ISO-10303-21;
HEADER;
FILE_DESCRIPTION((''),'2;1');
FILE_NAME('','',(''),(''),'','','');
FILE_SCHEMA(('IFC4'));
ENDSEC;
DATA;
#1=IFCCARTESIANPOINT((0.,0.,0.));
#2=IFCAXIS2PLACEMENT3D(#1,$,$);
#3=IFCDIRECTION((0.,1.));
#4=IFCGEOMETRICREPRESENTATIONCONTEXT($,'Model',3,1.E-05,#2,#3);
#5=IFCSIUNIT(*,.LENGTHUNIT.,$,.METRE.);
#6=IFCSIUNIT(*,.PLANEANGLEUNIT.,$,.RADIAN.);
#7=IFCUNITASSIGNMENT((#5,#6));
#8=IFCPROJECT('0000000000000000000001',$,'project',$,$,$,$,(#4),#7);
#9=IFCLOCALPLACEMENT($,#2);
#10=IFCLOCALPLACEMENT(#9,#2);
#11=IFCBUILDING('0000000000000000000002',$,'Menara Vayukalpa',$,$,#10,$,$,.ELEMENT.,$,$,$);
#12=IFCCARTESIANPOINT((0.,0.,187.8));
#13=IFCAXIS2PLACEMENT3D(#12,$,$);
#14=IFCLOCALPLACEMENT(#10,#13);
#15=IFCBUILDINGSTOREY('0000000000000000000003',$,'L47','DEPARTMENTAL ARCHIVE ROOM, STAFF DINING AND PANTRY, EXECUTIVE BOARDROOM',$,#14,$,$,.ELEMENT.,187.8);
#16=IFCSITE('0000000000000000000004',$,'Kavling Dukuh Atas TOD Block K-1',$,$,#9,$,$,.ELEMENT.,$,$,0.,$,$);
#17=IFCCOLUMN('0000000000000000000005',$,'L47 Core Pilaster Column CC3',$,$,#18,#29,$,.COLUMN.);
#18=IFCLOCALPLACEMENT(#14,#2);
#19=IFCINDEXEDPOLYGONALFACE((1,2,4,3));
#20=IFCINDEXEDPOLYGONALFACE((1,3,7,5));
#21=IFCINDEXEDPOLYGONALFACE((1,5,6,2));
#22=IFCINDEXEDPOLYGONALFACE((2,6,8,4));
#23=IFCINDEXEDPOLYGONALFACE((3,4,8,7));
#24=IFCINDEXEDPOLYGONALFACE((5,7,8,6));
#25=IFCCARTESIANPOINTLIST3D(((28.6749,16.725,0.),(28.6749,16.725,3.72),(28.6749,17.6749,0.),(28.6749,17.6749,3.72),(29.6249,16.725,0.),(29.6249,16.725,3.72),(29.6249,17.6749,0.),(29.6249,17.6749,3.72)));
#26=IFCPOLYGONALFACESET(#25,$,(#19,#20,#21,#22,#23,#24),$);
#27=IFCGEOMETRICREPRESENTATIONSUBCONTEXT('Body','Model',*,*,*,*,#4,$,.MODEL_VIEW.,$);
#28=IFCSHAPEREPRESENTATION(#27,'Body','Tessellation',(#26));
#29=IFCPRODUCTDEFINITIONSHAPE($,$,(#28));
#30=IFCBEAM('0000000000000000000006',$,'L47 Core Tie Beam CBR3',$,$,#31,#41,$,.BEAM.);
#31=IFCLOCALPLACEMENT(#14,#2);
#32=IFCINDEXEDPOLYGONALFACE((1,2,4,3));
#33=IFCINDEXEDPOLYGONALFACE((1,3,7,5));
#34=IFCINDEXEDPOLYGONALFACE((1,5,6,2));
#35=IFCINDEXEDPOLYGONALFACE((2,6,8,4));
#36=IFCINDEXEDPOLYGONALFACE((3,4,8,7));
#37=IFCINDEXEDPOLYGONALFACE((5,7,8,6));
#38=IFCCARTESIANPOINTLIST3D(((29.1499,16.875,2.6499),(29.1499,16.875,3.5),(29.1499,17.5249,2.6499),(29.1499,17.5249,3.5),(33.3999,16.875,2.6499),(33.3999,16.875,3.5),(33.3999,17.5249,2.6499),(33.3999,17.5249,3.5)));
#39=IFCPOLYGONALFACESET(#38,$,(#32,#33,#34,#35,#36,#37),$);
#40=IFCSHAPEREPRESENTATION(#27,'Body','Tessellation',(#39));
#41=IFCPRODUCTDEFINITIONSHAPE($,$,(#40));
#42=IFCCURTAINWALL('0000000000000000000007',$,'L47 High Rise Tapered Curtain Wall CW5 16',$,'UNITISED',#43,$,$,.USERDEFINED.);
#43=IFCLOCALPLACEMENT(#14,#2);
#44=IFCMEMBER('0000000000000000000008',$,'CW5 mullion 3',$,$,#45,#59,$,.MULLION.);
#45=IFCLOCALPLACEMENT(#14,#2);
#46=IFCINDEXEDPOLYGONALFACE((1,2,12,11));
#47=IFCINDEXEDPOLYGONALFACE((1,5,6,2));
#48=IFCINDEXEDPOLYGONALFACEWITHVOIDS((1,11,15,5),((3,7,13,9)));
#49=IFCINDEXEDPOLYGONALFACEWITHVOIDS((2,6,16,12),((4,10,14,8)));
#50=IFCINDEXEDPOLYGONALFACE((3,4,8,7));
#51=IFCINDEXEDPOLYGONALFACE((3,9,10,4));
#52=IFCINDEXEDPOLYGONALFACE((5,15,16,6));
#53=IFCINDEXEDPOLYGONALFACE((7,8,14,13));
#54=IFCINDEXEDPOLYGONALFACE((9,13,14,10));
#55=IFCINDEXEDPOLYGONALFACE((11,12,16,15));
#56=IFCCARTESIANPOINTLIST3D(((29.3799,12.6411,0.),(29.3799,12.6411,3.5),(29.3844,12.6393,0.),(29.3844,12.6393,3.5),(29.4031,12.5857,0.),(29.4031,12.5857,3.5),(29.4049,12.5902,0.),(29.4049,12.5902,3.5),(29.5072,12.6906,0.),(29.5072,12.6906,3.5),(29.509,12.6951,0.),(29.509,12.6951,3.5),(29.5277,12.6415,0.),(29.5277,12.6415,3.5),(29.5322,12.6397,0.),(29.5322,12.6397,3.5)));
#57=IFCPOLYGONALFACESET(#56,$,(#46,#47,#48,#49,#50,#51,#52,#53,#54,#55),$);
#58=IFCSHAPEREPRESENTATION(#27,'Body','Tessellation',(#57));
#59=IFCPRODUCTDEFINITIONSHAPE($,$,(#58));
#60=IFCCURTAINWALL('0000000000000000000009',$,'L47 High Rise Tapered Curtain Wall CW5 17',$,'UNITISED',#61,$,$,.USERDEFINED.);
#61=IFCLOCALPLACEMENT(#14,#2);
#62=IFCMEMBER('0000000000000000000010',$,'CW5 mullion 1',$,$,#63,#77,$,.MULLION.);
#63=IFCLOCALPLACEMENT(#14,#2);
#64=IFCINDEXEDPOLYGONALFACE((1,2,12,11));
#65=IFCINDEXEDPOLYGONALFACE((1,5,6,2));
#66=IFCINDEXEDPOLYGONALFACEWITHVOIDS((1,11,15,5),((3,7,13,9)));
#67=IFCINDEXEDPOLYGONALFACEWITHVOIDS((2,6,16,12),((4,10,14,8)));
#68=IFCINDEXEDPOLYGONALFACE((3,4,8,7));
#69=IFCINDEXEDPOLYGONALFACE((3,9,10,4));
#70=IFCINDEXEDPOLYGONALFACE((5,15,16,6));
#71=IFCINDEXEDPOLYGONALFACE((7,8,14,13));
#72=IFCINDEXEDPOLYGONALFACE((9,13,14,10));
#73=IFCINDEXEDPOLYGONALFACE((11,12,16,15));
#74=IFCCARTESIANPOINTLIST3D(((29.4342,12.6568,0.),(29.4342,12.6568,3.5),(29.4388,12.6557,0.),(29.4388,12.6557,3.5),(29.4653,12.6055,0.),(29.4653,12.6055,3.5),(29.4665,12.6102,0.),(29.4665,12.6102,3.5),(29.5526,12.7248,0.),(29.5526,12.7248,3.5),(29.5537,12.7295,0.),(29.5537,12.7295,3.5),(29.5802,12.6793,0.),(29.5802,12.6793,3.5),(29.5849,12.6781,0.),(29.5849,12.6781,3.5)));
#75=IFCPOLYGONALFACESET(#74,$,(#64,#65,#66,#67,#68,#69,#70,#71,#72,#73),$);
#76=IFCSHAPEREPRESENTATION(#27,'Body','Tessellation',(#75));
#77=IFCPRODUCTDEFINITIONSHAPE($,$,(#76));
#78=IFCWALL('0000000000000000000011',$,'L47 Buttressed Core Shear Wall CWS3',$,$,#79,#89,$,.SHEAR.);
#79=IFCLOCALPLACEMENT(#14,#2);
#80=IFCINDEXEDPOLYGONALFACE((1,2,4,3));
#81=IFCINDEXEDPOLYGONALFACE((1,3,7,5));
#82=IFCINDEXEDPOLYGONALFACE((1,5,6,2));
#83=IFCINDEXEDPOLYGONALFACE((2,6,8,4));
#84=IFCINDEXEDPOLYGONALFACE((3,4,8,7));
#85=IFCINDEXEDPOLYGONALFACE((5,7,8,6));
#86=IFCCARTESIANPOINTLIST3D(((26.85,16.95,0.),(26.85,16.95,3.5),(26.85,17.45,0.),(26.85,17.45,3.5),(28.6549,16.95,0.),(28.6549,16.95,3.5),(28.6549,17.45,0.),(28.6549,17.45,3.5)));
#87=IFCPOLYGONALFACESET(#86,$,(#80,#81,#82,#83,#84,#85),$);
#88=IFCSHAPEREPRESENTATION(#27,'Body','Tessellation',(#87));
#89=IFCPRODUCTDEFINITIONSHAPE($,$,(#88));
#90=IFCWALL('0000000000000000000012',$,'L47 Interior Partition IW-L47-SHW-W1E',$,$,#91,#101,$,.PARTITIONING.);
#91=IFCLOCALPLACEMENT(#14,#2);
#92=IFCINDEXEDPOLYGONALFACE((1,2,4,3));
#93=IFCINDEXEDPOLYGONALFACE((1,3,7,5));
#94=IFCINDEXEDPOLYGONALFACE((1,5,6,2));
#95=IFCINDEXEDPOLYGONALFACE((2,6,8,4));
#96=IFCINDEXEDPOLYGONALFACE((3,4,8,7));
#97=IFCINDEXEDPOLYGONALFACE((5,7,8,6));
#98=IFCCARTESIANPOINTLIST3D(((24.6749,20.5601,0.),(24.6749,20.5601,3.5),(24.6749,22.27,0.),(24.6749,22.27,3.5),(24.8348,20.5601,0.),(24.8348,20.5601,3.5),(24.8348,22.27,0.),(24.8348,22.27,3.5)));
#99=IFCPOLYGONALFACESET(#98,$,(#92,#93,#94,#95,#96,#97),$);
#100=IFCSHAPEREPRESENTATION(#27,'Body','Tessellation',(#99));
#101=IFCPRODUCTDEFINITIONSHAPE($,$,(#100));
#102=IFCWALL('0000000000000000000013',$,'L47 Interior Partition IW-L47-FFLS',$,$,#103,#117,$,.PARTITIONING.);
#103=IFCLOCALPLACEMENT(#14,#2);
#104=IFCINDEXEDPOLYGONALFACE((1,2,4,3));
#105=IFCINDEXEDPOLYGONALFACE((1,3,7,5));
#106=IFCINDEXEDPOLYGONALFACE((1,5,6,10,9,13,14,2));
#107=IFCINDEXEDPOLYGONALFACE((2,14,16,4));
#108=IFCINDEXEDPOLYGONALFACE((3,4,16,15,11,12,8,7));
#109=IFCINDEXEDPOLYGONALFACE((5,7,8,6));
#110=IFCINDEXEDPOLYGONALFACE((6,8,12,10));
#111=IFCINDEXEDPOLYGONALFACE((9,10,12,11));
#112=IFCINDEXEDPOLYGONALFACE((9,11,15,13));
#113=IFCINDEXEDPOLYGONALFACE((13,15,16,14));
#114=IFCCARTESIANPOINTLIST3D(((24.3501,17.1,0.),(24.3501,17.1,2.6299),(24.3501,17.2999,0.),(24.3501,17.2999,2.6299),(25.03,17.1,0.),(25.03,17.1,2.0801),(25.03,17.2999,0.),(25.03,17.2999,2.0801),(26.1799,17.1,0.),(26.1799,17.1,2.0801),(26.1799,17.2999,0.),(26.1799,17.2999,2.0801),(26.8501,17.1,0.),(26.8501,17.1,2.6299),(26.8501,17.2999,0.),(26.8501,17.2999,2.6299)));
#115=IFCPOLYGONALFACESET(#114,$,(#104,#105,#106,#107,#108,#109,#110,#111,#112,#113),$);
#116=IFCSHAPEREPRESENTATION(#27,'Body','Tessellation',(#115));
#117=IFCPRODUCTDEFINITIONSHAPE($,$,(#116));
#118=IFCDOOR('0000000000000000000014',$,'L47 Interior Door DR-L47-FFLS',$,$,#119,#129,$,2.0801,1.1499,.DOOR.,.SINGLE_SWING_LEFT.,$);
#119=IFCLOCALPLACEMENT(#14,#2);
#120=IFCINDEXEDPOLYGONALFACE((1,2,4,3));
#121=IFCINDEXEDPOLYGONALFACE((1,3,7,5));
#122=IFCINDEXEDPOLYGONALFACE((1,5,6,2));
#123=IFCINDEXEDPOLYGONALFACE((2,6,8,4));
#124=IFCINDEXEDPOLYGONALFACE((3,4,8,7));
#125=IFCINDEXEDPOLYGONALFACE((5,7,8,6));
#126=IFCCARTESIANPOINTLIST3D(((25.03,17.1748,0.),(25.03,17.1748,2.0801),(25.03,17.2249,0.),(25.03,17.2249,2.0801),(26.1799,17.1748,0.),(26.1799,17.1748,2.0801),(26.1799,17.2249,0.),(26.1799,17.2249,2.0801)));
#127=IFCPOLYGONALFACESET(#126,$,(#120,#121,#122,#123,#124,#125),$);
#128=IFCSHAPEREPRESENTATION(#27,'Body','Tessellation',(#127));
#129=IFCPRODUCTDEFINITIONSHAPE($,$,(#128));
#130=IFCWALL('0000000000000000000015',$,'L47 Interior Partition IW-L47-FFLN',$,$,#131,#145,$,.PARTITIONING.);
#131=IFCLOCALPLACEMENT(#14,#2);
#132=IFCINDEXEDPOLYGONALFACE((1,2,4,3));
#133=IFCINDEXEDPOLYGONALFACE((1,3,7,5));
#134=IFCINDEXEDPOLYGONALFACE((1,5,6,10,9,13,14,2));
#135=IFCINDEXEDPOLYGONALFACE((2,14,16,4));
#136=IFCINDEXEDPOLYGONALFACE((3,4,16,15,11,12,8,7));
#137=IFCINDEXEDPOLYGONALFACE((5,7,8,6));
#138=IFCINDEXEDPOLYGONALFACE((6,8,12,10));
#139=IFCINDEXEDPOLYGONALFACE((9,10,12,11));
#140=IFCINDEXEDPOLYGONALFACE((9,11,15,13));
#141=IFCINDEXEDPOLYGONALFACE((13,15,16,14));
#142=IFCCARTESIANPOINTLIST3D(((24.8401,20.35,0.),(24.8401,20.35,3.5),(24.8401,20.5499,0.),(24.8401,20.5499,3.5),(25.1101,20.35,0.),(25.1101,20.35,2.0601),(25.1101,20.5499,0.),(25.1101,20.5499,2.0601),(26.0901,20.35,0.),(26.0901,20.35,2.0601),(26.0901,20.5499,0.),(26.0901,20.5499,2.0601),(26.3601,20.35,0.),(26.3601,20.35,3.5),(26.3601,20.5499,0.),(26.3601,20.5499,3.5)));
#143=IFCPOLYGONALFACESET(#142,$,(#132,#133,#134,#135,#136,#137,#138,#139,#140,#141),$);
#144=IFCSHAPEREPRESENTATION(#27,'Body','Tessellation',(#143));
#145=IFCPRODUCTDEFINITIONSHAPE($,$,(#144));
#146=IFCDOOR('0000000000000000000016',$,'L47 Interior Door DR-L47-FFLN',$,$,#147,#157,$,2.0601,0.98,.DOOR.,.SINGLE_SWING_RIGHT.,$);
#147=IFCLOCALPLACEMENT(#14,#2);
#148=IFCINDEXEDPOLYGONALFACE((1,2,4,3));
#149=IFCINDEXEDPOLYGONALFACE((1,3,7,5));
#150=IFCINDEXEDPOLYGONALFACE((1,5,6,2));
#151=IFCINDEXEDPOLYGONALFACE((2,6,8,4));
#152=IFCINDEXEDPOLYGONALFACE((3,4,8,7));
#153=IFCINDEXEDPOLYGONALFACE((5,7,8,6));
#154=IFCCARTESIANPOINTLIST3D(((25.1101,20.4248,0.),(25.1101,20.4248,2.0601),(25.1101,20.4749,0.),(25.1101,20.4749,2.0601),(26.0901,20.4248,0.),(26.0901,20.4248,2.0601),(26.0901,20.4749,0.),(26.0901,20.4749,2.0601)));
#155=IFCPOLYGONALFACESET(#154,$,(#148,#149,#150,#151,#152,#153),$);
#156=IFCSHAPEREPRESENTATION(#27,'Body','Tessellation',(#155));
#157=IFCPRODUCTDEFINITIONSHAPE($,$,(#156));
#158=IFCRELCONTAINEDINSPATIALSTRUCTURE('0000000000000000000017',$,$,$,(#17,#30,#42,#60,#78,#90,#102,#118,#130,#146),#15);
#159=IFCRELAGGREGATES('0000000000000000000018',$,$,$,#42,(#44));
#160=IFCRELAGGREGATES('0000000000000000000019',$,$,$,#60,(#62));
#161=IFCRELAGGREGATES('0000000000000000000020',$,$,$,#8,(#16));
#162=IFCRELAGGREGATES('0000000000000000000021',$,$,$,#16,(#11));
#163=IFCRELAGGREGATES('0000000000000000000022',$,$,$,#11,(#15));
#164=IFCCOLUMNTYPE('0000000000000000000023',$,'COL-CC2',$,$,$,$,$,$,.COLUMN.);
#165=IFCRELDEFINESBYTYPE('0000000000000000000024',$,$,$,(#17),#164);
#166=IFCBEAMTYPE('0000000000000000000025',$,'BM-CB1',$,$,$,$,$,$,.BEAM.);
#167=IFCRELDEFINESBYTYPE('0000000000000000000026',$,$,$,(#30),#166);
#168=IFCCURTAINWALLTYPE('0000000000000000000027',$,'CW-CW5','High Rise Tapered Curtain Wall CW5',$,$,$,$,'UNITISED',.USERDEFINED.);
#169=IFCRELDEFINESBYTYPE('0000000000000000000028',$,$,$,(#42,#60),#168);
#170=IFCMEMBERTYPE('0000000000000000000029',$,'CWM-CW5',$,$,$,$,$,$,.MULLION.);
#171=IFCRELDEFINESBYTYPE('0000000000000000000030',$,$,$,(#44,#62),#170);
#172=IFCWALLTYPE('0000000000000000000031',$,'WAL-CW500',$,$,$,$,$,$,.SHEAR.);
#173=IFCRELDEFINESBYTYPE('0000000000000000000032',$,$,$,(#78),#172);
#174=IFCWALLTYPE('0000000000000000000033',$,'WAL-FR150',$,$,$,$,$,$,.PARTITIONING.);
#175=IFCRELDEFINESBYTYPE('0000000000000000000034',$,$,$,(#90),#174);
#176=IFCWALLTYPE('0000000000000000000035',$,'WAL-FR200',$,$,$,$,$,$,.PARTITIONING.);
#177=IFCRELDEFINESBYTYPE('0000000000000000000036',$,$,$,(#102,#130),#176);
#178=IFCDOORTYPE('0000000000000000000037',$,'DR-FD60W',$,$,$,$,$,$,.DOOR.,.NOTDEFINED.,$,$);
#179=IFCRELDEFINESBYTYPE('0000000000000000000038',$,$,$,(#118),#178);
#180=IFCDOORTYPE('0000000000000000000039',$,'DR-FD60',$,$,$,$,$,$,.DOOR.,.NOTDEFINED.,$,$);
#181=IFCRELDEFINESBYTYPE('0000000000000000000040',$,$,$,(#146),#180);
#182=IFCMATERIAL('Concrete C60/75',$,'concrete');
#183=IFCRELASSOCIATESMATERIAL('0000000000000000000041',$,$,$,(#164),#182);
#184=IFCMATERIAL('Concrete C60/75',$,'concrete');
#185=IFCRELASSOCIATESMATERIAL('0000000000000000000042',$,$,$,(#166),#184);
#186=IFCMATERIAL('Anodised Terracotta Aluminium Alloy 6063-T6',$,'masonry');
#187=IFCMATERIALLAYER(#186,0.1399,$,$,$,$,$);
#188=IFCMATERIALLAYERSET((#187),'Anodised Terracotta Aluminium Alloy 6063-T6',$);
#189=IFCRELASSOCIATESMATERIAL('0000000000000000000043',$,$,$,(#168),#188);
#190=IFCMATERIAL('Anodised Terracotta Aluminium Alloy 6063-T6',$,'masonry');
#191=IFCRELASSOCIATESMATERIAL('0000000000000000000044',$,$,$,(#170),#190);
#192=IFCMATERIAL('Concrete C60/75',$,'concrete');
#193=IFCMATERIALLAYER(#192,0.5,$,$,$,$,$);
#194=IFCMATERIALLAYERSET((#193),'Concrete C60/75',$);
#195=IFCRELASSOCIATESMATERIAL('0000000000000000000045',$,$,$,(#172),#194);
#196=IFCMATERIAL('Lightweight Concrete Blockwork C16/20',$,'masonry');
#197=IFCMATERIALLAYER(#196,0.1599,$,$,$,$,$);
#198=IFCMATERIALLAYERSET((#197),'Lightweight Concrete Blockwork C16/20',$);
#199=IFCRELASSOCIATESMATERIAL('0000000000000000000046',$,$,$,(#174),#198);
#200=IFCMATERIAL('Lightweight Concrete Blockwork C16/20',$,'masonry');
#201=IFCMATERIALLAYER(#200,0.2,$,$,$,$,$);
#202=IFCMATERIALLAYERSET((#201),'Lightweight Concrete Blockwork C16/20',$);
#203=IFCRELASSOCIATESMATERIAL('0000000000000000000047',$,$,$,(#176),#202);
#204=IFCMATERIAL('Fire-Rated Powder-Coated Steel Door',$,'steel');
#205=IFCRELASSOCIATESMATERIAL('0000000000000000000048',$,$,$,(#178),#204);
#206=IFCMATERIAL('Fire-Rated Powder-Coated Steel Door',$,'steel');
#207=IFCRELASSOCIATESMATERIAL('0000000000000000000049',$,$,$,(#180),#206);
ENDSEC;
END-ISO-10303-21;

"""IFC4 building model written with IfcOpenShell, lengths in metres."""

from ifc_helpers import new_model, si_unit, direction, frame, frame_2d, origin, origin_2d, place, context, subcontext, project, spatial, rectangle, hollow_rectangle, extrude, material, layer, layer_set, material_profile, profile_set, type_object, element, fill, aggregate, save


model = new_model("IFC4")

# Units and contexts
model_context = context("Model", 3, precision=1e-05, world=origin(), true_north=direction((0.0, 1.0)))
body_context = subcontext(model_context, "Body", "Model", "MODEL_VIEW")
ifc_project = project(units=[si_unit("LENGTHUNIT", "METRE"), si_unit("PLANEANGLEUNIT", "RADIAN")], contexts=[model_context])

# Site, building, storey
site_placement = place(None, origin())
site = spatial("IfcSite", under=ifc_project, at=site_placement, Name="Kavling Dukuh Atas TOD Block K-1", CompositionType="ELEMENT", RefElevation=0.0)
building_placement = place(site_placement, origin())
building = spatial("IfcBuilding", under=site, at=building_placement, Name="Menara Vayukalpa", CompositionType="ELEMENT")
storey_placement = place(building_placement, frame((0.0, 0.0, 187.8)))
storey = spatial("IfcBuildingStorey", under=building, at=storey_placement, Name="L47", Description="DEPARTMENTAL ARCHIVE ROOM, STAFF DINING AND PANTRY, EXECUTIVE BOARDROOM", CompositionType="ELEMENT", Elevation=187.8)

# Column
ifc_material_1 = material(Name="Concrete C60/75", Category="concrete")
ifc_material_profile_1 = material_profile(ifc_material_1, rectangle(XDim=0.95, YDim=0.95, at=origin_2d()), Name="RC 950x950")
ifc_profile_set_1 = profile_set([ifc_material_profile_1], Name="Concrete C60/75")
column_type = type_object("IfcColumnType", Name="COL-CC2", PredefinedType="COLUMN", material=ifc_profile_set_1)
column_placement = place(storey_placement, frame((29.1499, 17.2, 0.0), z_axis=(0.0, 0.0, 1.0), x_axis=(1.0, 0.0, 0.0)))
element("IfcColumn", 1, at=column_placement, inside=storey, type_object=column_type, Name="L47 Core Pilaster Column CC3", PredefinedType="COLUMN", context=body_context, shape_type="SweptSolid", body=[
    extrude(rectangle(XDim=0.95, YDim=0.95, at=origin_2d()), origin(), (0.0, 0.0, 1.0), 3.72),
])

# Beam
ifc_material_2 = material(Name="Concrete C60/75", Category="concrete")
ifc_material_profile_2 = material_profile(ifc_material_2, rectangle(XDim=0.6499, YDim=0.8501, at=origin_2d()), Name="RC 650x850")
ifc_profile_set_2 = profile_set([ifc_material_profile_2], Name="Concrete C60/75")
beam_type = type_object("IfcBeamType", Name="BM-CB1", PredefinedType="BEAM", material=ifc_profile_set_2)
beam_placement = place(storey_placement, frame((29.1499, 17.2, 3.075), z_axis=(1.0, 0.0, 0.0), x_axis=(0.0, 1.0, 0.0)))
element("IfcBeam", 2, at=beam_placement, inside=storey, type_object=beam_type, Name="L47 Core Tie Beam CBR3", PredefinedType="BEAM", context=body_context, shape_type="SweptSolid", body=[
    extrude(rectangle(XDim=0.6499, YDim=0.8501, at=origin_2d()), origin(), (0.0, 0.0, 1.0), 4.25),
])

# Curtain walls, members
ifc_material_3 = material(Name="Anodised Terracotta Aluminium Alloy 6063-T6", Category="masonry")
ifc_layer_1 = layer(ifc_material_3, 0.1399)
ifc_layer_set_1 = layer_set([ifc_layer_1], Name="Anodised Terracotta Aluminium Alloy 6063-T6")
curtain_wall_type = type_object("IfcCurtainWallType", Name="CW-CW5", Description="High Rise Tapered Curtain Wall CW5", ElementType="UNITISED", PredefinedType="USERDEFINED", material=ifc_layer_set_1)
curtain_wall_1_placement = place(storey_placement, origin())
curtain_wall_1 = element("IfcCurtainWall", 3, at=curtain_wall_1_placement, inside=storey, type_object=curtain_wall_type, Name="L47 High Rise Tapered Curtain Wall CW5 16", ObjectType="UNITISED", PredefinedType="USERDEFINED")
ifc_material_4 = material(Name="Anodised Terracotta Aluminium Alloy 6063-T6", Category="masonry")
ifc_material_profile_3 = material_profile(ifc_material_4, hollow_rectangle(XDim=0.0601, YDim=0.1399, WallThickness=0.0034, at=origin_2d()), Name="ALU 60x140x3.5")
ifc_profile_set_3 = profile_set([ifc_material_profile_3], Name="Anodised Terracotta Aluminium Alloy 6063-T6")
member_type = type_object("IfcMemberType", Name="CWM-CW5", PredefinedType="MULLION", material=ifc_profile_set_3)
member_1_placement = place(storey_placement, frame((29.4561, 12.6404, 0.0), z_axis=(0.0, 0.0, 1.0), x_axis=(-0.385903, 0.922539, 0.0)))
member_1 = element("IfcMember", 4, at=member_1_placement, type_object=member_type, Name="CW5 mullion 3", PredefinedType="MULLION", context=body_context, shape_type="SweptSolid", body=[
    extrude(hollow_rectangle(XDim=0.0601, YDim=0.1399, WallThickness=0.0034, at=origin_2d()), origin(), (0.0, 0.0, 1.0), 3.5),
])
aggregate(curtain_wall_1, [member_1])
curtain_wall_2_placement = place(storey_placement, origin())
curtain_wall_2 = element("IfcCurtainWall", 5, at=curtain_wall_2_placement, inside=storey, type_object=curtain_wall_type, Name="L47 High Rise Tapered Curtain Wall CW5 17", ObjectType="UNITISED", PredefinedType="USERDEFINED")
member_2_placement = place(storey_placement, frame((29.5095, 12.6675, 0.0), z_axis=(0.0, 0.0, 1.0), x_axis=(-0.51918, 0.854665, 0.0)))
member_2 = element("IfcMember", 6, at=member_2_placement, type_object=member_type, Name="CW5 mullion 1", PredefinedType="MULLION", context=body_context, shape_type="SweptSolid", body=[
    extrude(hollow_rectangle(XDim=0.0601, YDim=0.1399, WallThickness=0.0034, at=origin_2d()), origin(), (0.0, 0.0, 1.0), 3.5),
])
aggregate(curtain_wall_2, [member_2])

# Walls
ifc_material_5 = material(Name="Concrete C60/75", Category="concrete")
ifc_layer_2 = layer(ifc_material_5, 0.5)
ifc_layer_set_2 = layer_set([ifc_layer_2], Name="Concrete C60/75")
wall_type_1 = type_object("IfcWallType", Name="WAL-CW500", PredefinedType="SHEAR", material=ifc_layer_set_2)
wall_1_placement = place(storey_placement, frame((26.8501, 17.2, 0.0), z_axis=(0.0, 0.0, 1.0), x_axis=(1.0, 0.0, 0.0)))
element("IfcWall", 7, at=wall_1_placement, inside=storey, type_object=wall_type_1, Name="L47 Buttressed Core Shear Wall CWS3", PredefinedType="SHEAR", context=body_context, shape_type="SweptSolid", body=[
    extrude(rectangle(XDim=1.8049, YDim=0.5, at=frame_2d((0.9023, 0.0))), origin(), (0.0, 0.0, 1.0), 3.5),
])
ifc_material_6 = material(Name="Lightweight Concrete Blockwork C16/20", Category="masonry")
ifc_layer_3 = layer(ifc_material_6, 0.1599)
ifc_layer_set_3 = layer_set([ifc_layer_3], Name="Lightweight Concrete Blockwork C16/20")
wall_type_2 = type_object("IfcWallType", Name="WAL-FR150", PredefinedType="PARTITIONING", material=ifc_layer_set_3)
wall_2_placement = place(storey_placement, frame((24.7549, 20.5601, 0.0), z_axis=(0.0, 0.0, 1.0), x_axis=(0.0, 1.0, 0.0)))
element("IfcWall", 8, at=wall_2_placement, inside=storey, type_object=wall_type_2, Name="L47 Interior Partition IW-L47-SHW-W1E", PredefinedType="PARTITIONING", context=body_context, shape_type="SweptSolid", body=[
    extrude(rectangle(XDim=1.71, YDim=0.1599, at=frame_2d((0.855, 0.0))), origin(), (0.0, 0.0, 1.0), 3.5),
])

# Walls, openings, doors
ifc_material_7 = material(Name="Lightweight Concrete Blockwork C16/20", Category="masonry")
ifc_layer_4 = layer(ifc_material_7, 0.2)
ifc_layer_set_4 = layer_set([ifc_layer_4], Name="Lightweight Concrete Blockwork C16/20")
wall_type_3 = type_object("IfcWallType", Name="WAL-FR200", PredefinedType="PARTITIONING", material=ifc_layer_set_4)
wall_3_placement = place(storey_placement, frame((24.3501, 17.2, 0.0), z_axis=(0.0, 0.0, 1.0), x_axis=(1.0, 0.0, 0.0)))
wall_3 = element("IfcWall", 9, at=wall_3_placement, inside=storey, type_object=wall_type_3, Name="L47 Interior Partition IW-L47-FFLS", PredefinedType="PARTITIONING", context=body_context, shape_type="SweptSolid", body=[
    extrude(rectangle(XDim=2.5, YDim=0.2, at=frame_2d((1.25, 0.0))), origin(), (0.0, 0.0, 1.0), 2.6299),
])
opening_1_placement = place(wall_3_placement, frame((0.6799, 0.0, 0.0)))
opening_1 = element("IfcOpeningElement", 10, at=opening_1_placement, cuts=wall_3, PredefinedType="OPENING", context=body_context, shape_type="SweptSolid", body=[
    extrude(rectangle(XDim=1.1499, YDim=2.0801, at=frame_2d((0.575, 1.04))), frame((0.0, 0.1099, 0.0), z_axis=(0.0, -1.0, 0.0), x_axis=(1.0, 0.0, 0.0)), (0.0, 0.0, 1.0), 0.22),
])
ifc_material_8 = material(Name="Fire-Rated Powder-Coated Steel Door", Category="steel")
door_type_1 = type_object("IfcDoorType", Name="DR-FD60W", OperationType="NOTDEFINED", PredefinedType="DOOR", material=ifc_material_8)
door_1_placement = place(opening_1_placement, origin())
door_1 = element("IfcDoor", 11, at=door_1_placement, inside=storey, type_object=door_type_1, Name="L47 Interior Door DR-L47-FFLS", OperationType="SINGLE_SWING_LEFT", OverallHeight=2.0801, OverallWidth=1.1499, PredefinedType="DOOR", context=body_context, shape_type="SweptSolid", body=[
    extrude(rectangle(XDim=1.1499, YDim=2.0801, at=frame_2d((0.575, 1.04))), frame((0.0, 0.0249, 0.0), z_axis=(0.0, -1.0, 0.0), x_axis=(1.0, 0.0, 0.0)), (0.0, 0.0, 1.0), 0.05),
])
fill(opening_1, door_1)
wall_4_placement = place(storey_placement, frame((24.8401, 20.45, 0.0), z_axis=(0.0, 0.0, 1.0), x_axis=(1.0, 0.0, 0.0)))
wall_4 = element("IfcWall", 12, at=wall_4_placement, inside=storey, type_object=wall_type_3, Name="L47 Interior Partition IW-L47-FFLN", PredefinedType="PARTITIONING", context=body_context, shape_type="SweptSolid", body=[
    extrude(rectangle(XDim=1.52, YDim=0.2, at=frame_2d((0.76, 0.0))), origin(), (0.0, 0.0, 1.0), 3.5),
])
opening_2_placement = place(wall_4_placement, frame((0.27, 0.0, 0.0)))
opening_2 = element("IfcOpeningElement", 13, at=opening_2_placement, cuts=wall_4, PredefinedType="OPENING", context=body_context, shape_type="SweptSolid", body=[
    extrude(rectangle(XDim=0.98, YDim=2.0601, at=frame_2d((0.49, 1.03))), frame((0.0, 0.1099, 0.0), z_axis=(0.0, -1.0, 0.0), x_axis=(1.0, 0.0, 0.0)), (0.0, 0.0, 1.0), 0.22),
])
ifc_material_9 = material(Name="Fire-Rated Powder-Coated Steel Door", Category="steel")
door_type_2 = type_object("IfcDoorType", Name="DR-FD60", OperationType="NOTDEFINED", PredefinedType="DOOR", material=ifc_material_9)
door_2_placement = place(opening_2_placement, origin())
door_2 = element("IfcDoor", 14, at=door_2_placement, inside=storey, type_object=door_type_2, Name="L47 Interior Door DR-L47-FFLN", OperationType="SINGLE_SWING_RIGHT", OverallHeight=2.0601, OverallWidth=0.98, PredefinedType="DOOR", context=body_context, shape_type="SweptSolid", body=[
    extrude(rectangle(XDim=0.98, YDim=2.0601, at=frame_2d((0.49, 1.03))), frame((0.0, 0.0249, 0.0), z_axis=(0.0, -1.0, 0.0), x_axis=(1.0, 0.0, 0.0)), (0.0, 0.0, 1.0), 0.05),
])
fill(opening_2, door_2)

save(model, "model.ifc")
